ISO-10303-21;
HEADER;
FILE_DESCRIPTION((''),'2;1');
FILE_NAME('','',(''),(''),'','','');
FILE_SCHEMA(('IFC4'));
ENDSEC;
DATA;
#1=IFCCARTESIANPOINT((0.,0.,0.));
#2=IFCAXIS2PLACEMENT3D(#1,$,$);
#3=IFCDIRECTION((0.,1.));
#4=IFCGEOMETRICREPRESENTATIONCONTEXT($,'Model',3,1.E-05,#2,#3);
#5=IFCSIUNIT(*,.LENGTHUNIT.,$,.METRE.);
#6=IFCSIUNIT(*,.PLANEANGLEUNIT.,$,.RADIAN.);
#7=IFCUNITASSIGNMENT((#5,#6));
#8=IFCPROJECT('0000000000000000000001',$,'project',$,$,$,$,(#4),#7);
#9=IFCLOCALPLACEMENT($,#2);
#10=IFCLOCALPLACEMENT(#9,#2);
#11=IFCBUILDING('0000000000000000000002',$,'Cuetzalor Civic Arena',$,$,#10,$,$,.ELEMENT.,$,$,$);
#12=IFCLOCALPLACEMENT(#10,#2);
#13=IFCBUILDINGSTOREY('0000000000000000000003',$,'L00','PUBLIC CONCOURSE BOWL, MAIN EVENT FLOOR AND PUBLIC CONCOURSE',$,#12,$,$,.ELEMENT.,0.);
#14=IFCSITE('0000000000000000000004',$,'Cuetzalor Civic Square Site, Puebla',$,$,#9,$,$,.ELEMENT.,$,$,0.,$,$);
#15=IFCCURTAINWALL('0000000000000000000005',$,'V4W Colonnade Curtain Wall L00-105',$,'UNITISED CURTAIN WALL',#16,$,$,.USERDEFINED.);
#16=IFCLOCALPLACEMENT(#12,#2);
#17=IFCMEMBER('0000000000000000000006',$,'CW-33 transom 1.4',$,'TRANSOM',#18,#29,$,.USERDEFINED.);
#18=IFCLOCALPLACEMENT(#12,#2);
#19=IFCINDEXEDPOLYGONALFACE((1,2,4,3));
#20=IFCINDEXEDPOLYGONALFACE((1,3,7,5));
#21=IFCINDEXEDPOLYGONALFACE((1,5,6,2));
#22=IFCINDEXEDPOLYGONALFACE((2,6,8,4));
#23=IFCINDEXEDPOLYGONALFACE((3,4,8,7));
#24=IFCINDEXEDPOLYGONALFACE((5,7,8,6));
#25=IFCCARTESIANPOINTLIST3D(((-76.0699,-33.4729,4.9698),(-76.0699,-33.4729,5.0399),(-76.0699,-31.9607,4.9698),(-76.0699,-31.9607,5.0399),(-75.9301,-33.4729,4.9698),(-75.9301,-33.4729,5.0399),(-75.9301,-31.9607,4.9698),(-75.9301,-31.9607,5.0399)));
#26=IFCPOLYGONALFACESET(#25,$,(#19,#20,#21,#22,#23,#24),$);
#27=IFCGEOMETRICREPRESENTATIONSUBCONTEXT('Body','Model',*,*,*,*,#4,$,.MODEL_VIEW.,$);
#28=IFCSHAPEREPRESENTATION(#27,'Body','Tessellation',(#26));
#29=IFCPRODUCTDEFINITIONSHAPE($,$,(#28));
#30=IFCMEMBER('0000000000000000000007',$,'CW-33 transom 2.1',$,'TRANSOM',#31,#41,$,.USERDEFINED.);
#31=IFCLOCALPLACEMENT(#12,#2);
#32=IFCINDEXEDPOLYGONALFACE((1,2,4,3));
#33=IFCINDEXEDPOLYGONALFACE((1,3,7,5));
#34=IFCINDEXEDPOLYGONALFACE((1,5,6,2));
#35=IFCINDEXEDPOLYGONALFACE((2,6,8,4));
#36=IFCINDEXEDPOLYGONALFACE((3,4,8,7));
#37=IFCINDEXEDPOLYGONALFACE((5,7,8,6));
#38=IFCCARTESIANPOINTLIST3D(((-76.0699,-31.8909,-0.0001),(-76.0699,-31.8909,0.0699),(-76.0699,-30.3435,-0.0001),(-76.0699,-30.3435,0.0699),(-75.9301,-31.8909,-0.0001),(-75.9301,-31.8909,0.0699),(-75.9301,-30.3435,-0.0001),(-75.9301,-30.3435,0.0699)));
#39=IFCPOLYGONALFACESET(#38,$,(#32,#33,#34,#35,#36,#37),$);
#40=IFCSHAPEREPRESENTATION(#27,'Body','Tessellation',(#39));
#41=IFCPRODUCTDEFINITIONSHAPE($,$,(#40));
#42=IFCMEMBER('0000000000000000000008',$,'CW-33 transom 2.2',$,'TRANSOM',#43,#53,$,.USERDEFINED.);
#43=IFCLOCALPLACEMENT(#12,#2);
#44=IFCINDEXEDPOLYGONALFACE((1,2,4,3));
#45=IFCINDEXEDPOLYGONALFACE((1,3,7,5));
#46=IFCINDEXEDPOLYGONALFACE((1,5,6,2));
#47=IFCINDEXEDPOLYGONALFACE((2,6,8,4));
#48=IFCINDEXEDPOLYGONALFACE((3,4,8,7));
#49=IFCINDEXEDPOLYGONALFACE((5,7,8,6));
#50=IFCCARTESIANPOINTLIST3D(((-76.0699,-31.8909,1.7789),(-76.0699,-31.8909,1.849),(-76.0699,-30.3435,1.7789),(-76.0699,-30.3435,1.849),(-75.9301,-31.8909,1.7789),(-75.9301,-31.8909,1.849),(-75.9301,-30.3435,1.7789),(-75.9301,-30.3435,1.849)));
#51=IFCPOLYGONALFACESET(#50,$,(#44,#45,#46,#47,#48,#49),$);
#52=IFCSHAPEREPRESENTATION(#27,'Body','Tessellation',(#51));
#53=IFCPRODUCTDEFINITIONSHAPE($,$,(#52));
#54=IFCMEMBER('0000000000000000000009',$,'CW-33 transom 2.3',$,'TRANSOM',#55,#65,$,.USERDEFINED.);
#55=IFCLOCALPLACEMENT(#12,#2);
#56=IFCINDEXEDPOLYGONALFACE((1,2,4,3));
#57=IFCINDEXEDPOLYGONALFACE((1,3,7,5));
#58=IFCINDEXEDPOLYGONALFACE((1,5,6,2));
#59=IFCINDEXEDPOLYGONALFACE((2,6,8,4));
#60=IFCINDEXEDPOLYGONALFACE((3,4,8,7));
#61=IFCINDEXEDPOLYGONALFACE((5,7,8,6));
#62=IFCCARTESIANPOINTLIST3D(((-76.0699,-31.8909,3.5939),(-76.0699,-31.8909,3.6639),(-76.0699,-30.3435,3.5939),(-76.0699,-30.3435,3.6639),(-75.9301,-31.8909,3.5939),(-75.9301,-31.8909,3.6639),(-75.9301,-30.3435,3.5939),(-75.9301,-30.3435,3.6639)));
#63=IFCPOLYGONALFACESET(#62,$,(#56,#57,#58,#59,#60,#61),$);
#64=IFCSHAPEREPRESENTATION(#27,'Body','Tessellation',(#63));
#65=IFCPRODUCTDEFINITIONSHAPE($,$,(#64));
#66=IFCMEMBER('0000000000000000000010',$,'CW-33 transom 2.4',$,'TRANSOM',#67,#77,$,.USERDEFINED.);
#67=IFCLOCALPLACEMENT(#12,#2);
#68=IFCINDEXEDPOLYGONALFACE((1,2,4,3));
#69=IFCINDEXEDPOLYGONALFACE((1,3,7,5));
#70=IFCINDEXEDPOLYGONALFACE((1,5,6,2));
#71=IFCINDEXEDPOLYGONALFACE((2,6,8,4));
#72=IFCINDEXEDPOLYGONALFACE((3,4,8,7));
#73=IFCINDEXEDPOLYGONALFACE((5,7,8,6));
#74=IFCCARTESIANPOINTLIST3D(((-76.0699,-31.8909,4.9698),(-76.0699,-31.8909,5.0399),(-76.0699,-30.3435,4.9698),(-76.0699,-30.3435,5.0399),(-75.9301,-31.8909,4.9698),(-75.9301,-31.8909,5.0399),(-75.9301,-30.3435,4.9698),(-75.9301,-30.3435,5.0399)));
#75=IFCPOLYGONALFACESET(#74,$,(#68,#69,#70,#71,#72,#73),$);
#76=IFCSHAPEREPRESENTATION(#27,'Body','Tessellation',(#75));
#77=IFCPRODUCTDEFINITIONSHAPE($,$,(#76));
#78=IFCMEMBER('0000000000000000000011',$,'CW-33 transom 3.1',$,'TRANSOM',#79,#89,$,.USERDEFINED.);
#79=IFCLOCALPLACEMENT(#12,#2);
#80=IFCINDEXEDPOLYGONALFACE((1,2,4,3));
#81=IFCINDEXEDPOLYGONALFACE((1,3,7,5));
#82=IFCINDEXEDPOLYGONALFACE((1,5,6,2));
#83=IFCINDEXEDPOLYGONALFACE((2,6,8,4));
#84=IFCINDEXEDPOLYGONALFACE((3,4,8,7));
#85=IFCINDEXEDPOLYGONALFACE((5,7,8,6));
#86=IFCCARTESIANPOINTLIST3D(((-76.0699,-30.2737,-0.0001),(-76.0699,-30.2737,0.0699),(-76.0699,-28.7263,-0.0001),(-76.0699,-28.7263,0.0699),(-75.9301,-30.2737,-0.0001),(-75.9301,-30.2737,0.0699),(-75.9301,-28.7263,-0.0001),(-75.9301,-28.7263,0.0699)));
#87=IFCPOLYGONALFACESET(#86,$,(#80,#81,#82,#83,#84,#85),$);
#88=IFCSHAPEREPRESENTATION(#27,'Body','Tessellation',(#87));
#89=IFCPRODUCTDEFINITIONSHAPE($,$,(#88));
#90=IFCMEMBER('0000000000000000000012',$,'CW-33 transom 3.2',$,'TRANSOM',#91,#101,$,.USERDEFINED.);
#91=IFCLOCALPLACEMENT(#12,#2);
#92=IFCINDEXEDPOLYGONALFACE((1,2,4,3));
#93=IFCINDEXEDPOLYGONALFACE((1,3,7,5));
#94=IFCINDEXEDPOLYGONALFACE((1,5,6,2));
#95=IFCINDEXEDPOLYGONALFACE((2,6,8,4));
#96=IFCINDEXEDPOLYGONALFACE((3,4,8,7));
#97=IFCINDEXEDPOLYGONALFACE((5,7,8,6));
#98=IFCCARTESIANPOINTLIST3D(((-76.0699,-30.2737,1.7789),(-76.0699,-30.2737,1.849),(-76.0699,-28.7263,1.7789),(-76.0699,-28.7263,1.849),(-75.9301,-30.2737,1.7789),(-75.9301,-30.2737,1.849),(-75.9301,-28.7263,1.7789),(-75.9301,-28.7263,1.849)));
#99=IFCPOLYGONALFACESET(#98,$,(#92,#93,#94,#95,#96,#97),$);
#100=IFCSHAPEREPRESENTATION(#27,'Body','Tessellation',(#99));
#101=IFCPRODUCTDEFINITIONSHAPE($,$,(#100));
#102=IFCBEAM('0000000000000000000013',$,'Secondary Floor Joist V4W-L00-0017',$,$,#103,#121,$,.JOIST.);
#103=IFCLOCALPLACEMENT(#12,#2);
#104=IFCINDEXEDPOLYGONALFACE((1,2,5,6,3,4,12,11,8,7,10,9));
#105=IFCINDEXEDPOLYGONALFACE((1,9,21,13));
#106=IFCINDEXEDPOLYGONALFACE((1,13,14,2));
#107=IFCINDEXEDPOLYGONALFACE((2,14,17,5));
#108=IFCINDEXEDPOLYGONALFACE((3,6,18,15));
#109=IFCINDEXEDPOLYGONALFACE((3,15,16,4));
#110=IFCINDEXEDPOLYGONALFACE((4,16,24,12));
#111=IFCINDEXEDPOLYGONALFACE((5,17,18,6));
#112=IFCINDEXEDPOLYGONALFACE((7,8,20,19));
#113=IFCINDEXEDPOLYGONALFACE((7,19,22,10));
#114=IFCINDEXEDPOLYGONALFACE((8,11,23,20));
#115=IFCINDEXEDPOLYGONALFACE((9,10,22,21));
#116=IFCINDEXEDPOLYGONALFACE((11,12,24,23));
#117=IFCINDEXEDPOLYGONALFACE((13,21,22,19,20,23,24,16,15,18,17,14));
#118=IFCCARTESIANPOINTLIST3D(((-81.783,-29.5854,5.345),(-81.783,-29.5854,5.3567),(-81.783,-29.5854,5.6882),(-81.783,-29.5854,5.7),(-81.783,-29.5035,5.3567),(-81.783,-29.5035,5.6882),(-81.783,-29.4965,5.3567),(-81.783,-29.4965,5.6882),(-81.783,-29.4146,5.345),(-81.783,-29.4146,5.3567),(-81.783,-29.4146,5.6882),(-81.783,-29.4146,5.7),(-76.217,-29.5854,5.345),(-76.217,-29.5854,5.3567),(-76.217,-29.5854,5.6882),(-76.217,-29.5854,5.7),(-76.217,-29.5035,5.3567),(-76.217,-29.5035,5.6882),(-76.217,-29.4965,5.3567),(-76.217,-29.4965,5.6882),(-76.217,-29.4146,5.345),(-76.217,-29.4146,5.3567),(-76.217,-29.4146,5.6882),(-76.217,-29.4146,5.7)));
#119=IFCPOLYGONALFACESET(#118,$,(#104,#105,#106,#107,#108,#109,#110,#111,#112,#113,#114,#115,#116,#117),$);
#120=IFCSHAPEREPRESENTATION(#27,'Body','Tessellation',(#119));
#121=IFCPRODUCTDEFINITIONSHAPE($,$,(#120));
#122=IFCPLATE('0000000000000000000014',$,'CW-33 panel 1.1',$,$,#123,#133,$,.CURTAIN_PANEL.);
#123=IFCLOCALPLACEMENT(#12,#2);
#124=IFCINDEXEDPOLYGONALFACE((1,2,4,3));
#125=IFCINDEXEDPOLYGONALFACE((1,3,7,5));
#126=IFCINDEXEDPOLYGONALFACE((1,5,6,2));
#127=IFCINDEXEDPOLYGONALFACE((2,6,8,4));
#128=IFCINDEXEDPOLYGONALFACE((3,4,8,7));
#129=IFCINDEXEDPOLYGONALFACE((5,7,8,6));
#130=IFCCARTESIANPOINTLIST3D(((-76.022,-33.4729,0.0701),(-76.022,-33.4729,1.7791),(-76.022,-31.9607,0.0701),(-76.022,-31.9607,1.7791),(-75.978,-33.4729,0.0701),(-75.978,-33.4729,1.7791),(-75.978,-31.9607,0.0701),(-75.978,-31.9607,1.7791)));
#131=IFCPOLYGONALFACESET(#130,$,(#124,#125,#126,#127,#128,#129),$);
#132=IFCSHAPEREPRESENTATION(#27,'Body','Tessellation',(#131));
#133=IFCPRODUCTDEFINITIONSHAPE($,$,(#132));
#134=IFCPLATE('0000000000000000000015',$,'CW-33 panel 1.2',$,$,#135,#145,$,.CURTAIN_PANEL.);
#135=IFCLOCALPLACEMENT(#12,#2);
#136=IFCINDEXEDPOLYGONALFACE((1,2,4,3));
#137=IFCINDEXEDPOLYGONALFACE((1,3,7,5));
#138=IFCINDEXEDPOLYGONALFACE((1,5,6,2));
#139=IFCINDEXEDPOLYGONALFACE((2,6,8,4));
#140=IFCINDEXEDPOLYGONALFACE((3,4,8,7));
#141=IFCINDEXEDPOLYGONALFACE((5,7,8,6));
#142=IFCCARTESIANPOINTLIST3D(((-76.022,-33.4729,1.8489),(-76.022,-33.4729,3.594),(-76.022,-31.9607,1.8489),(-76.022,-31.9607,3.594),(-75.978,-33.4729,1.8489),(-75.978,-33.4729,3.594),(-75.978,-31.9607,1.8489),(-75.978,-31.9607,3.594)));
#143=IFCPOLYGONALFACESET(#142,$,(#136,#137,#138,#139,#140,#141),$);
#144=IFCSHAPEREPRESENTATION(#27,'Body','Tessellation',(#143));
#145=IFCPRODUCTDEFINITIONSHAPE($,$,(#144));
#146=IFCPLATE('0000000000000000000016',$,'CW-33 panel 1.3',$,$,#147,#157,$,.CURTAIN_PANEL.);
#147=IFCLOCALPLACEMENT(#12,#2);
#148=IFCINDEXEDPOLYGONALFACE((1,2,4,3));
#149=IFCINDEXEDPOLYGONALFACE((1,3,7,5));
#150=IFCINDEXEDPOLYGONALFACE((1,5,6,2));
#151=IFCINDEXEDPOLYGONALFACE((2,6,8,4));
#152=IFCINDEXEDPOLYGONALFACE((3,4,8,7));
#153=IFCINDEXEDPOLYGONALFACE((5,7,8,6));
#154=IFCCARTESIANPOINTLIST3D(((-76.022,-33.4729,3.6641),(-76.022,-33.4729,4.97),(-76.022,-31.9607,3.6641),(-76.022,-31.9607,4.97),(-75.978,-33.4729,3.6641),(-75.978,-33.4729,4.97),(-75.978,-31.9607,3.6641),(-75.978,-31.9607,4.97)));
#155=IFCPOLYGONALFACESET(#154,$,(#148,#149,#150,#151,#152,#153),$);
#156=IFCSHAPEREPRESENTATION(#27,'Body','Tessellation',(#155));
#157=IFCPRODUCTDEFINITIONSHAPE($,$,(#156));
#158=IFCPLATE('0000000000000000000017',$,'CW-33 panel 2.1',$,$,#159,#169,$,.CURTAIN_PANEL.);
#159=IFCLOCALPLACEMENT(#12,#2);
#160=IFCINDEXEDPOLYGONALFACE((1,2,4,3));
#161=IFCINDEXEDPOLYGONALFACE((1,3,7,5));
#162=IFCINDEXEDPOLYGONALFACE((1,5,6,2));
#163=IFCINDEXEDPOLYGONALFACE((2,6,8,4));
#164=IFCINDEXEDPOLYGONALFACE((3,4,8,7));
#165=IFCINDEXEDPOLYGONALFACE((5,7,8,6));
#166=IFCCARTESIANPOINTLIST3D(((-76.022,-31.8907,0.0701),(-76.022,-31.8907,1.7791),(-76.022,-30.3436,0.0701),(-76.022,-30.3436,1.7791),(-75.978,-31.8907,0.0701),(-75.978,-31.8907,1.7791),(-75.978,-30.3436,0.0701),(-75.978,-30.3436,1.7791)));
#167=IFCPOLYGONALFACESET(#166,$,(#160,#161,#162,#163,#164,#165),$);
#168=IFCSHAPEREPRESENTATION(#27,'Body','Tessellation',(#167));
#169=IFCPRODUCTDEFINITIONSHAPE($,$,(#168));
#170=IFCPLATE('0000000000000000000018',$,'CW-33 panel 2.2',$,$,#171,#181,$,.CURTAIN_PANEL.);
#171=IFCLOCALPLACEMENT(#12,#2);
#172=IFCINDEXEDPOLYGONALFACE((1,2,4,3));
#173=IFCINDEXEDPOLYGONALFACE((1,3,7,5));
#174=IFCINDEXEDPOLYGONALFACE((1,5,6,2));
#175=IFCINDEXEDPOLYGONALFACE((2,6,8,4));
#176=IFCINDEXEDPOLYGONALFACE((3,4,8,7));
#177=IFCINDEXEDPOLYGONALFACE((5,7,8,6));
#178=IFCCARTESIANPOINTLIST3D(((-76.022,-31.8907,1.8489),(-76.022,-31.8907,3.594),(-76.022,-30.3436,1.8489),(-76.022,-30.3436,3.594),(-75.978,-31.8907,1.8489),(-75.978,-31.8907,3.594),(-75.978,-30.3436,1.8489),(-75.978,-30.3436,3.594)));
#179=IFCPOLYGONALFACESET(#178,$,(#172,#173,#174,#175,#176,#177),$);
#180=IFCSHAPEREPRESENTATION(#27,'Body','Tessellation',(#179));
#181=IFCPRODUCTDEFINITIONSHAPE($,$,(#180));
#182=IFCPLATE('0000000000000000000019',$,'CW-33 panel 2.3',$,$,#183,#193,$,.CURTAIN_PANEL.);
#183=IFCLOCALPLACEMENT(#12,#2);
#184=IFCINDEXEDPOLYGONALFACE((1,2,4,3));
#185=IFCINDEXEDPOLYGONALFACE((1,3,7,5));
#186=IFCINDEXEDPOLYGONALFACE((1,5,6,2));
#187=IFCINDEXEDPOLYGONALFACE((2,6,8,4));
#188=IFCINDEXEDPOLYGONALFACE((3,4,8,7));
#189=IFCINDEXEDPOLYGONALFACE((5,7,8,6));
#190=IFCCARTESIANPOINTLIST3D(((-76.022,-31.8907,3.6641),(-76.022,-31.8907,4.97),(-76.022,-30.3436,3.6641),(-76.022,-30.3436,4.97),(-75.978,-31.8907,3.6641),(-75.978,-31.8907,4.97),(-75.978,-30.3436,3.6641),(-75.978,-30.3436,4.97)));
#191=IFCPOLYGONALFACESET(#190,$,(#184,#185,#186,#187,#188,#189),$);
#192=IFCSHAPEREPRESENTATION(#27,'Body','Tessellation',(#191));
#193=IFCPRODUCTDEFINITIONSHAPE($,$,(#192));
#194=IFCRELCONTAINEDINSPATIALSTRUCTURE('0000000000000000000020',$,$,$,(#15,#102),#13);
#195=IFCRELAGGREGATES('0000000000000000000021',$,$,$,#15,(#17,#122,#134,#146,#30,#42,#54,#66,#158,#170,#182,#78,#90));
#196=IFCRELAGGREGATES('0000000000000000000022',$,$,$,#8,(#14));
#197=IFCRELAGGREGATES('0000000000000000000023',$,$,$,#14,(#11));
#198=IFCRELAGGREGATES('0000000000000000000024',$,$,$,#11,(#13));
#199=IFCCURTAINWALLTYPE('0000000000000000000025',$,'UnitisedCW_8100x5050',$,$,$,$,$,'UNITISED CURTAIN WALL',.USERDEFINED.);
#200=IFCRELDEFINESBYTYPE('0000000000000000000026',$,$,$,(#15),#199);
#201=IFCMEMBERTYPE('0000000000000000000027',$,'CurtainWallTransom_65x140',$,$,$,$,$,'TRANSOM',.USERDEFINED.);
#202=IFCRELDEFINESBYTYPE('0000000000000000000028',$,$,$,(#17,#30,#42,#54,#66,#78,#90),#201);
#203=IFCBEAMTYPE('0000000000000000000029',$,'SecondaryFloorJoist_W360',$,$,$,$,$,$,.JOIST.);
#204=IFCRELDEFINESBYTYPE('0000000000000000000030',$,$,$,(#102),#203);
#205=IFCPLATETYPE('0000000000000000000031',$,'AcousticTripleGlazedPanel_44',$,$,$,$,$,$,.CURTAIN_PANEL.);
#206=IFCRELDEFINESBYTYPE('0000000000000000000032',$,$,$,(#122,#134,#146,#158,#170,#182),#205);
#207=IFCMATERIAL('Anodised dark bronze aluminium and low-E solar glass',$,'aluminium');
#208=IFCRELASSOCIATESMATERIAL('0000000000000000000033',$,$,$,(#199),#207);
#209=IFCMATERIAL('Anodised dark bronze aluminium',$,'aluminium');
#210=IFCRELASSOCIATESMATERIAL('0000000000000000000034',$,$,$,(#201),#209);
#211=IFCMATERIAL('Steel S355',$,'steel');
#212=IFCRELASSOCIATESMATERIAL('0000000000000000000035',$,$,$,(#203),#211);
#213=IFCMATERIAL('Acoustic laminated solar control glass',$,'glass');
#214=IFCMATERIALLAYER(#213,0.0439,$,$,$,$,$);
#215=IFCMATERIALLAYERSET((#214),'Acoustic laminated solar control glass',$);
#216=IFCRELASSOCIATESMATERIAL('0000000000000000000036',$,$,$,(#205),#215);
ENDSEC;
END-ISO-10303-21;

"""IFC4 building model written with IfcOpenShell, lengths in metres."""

from ifc_helpers import new_model, si_unit, direction, frame, origin, origin_2d, place, context, subcontext, project, spatial, rectangle, i_section, extrude, material, layer, layer_set, material_profile, profile_set, type_object, element, aggregate, save


model = new_model("IFC4")

# Units and contexts
model_context = context("Model", 3, precision=1e-05, world=origin(), true_north=direction((0.0, 1.0)))
body_context = subcontext(model_context, "Body", "Model", "MODEL_VIEW")
ifc_project = project(units=[si_unit("LENGTHUNIT", "METRE"), si_unit("PLANEANGLEUNIT", "RADIAN")], contexts=[model_context])

# Site, building, storey
site_placement = place(None, origin())
site = spatial("IfcSite", under=ifc_project, at=site_placement, Name="Cuetzalor Civic Square Site, Puebla", CompositionType="ELEMENT", RefElevation=0.0)
building_placement = place(site_placement, origin())
building = spatial("IfcBuilding", under=site, at=building_placement, Name="Cuetzalor Civic Arena", CompositionType="ELEMENT")
storey_placement = place(building_placement, origin())
storey = spatial("IfcBuildingStorey", under=building, at=storey_placement, Name="L00", Description="PUBLIC CONCOURSE BOWL, MAIN EVENT FLOOR AND PUBLIC CONCOURSE", CompositionType="ELEMENT", Elevation=0.0)

# Curtain wall, members
ifc_material_1 = material(Name="Anodised dark bronze aluminium and low-E solar glass", Category="aluminium")
curtain_wall_type_1 = type_object("IfcCurtainWallType", Name="UnitisedCW_8100x5050", ElementType="UNITISED CURTAIN WALL", PredefinedType="USERDEFINED", material=ifc_material_1)
curtain_wall_1_placement = place(storey_placement, origin())
curtain_wall_1 = element("IfcCurtainWall", 1, at=curtain_wall_1_placement, inside=storey, type_object=curtain_wall_type_1, Name="V4W Colonnade Curtain Wall L00-105", ObjectType="UNITISED CURTAIN WALL", PredefinedType="USERDEFINED")
ifc_material_2 = material(Name="Anodised dark bronze aluminium", Category="aluminium")
ifc_material_profile_1 = material_profile(ifc_material_2, rectangle(XDim=0.1399, YDim=0.0701, at=origin_2d()), Name="ALU TRANSOM 70x140")
ifc_profile_set_1 = profile_set([ifc_material_profile_1], Name="Anodised dark bronze aluminium")
member_type_1 = type_object("IfcMemberType", Name="CurtainWallTransom_65x140", ElementType="TRANSOM", PredefinedType="USERDEFINED", material=ifc_profile_set_1)
member_1_placement = place(storey_placement, frame((-76.0, -33.4729, 5.0049), z_axis=(0.0, 1.0, 0.0), x_axis=(-1.0, 0.0, 0.0)))
member_1 = element("IfcMember", 2, at=member_1_placement, type_object=member_type_1, Name="CW-33 transom 1.4", ObjectType="TRANSOM", PredefinedType="USERDEFINED", context=body_context, shape_type="SweptSolid", body=[
    extrude(rectangle(XDim=0.1399, YDim=0.0701, at=origin_2d()), origin(), (0.0, 0.0, 1.0), 1.5122),
])
member_2_placement = place(storey_placement, frame((-76.0, -31.8909, 0.0349), z_axis=(0.0, 1.0, 0.0), x_axis=(-1.0, 0.0, 0.0)))
member_2 = element("IfcMember", 3, at=member_2_placement, type_object=member_type_1, Name="CW-33 transom 2.1", ObjectType="TRANSOM", PredefinedType="USERDEFINED", context=body_context, shape_type="SweptSolid", body=[
    extrude(rectangle(XDim=0.1399, YDim=0.0701, at=origin_2d()), origin(), (0.0, 0.0, 1.0), 1.5474),
])
member_3_placement = place(storey_placement, frame((-76.0, -31.8909, 1.814), z_axis=(0.0, 1.0, 0.0), x_axis=(-1.0, 0.0, 0.0)))
member_3 = element("IfcMember", 4, at=member_3_placement, type_object=member_type_1, Name="CW-33 transom 2.2", ObjectType="TRANSOM", PredefinedType="USERDEFINED", context=body_context, shape_type="SweptSolid", body=[
    extrude(rectangle(XDim=0.1399, YDim=0.0701, at=origin_2d()), origin(), (0.0, 0.0, 1.0), 1.5474),
])
member_4_placement = place(storey_placement, frame((-76.0, -31.8909, 3.6289), z_axis=(0.0, 1.0, 0.0), x_axis=(-1.0, 0.0, 0.0)))
member_4 = element("IfcMember", 5, at=member_4_placement, type_object=member_type_1, Name="CW-33 transom 2.3", ObjectType="TRANSOM", PredefinedType="USERDEFINED", context=body_context, shape_type="SweptSolid", body=[
    extrude(rectangle(XDim=0.1399, YDim=0.0701, at=origin_2d()), origin(), (0.0, 0.0, 1.0), 1.5474),
])
member_5_placement = place(storey_placement, frame((-76.0, -31.8909, 5.0049), z_axis=(0.0, 1.0, 0.0), x_axis=(-1.0, 0.0, 0.0)))
member_5 = element("IfcMember", 6, at=member_5_placement, type_object=member_type_1, Name="CW-33 transom 2.4", ObjectType="TRANSOM", PredefinedType="USERDEFINED", context=body_context, shape_type="SweptSolid", body=[
    extrude(rectangle(XDim=0.1399, YDim=0.0701, at=origin_2d()), origin(), (0.0, 0.0, 1.0), 1.5474),
])
member_6_placement = place(storey_placement, frame((-76.0, -30.2737, 0.0349), z_axis=(0.0, 1.0, 0.0), x_axis=(-1.0, 0.0, 0.0)))
member_6 = element("IfcMember", 7, at=member_6_placement, type_object=member_type_1, Name="CW-33 transom 3.1", ObjectType="TRANSOM", PredefinedType="USERDEFINED", context=body_context, shape_type="SweptSolid", body=[
    extrude(rectangle(XDim=0.1399, YDim=0.0701, at=origin_2d()), origin(), (0.0, 0.0, 1.0), 1.5474),
])
member_7_placement = place(storey_placement, frame((-76.0, -30.2737, 1.814), z_axis=(0.0, 1.0, 0.0), x_axis=(-1.0, 0.0, 0.0)))
member_7 = element("IfcMember", 8, at=member_7_placement, type_object=member_type_1, Name="CW-33 transom 3.2", ObjectType="TRANSOM", PredefinedType="USERDEFINED", context=body_context, shape_type="SweptSolid", body=[
    extrude(rectangle(XDim=0.1399, YDim=0.0701, at=origin_2d()), origin(), (0.0, 0.0, 1.0), 1.5474),
])

# Beam
ifc_material_3 = material(Name="Steel S355", Category="steel")
ifc_material_profile_2 = material_profile(ifc_material_3, i_section(OverallWidth=0.1709, OverallDepth=0.355, WebThickness=0.0071, FlangeThickness=0.0117, at=origin_2d()), Name="W360x51")
ifc_profile_set_2 = profile_set([ifc_material_profile_2], Name="Steel S355")
beam_type_1 = type_object("IfcBeamType", Name="SecondaryFloorJoist_W360", PredefinedType="JOIST", material=ifc_profile_set_2)
beam_1_placement = place(storey_placement, frame((-81.783, -29.5, 5.5225), z_axis=(1.0, 0.0, 0.0), x_axis=(0.0, 1.0, 0.0)))
element("IfcBeam", 9, at=beam_1_placement, inside=storey, type_object=beam_type_1, Name="Secondary Floor Joist V4W-L00-0017", PredefinedType="JOIST", context=body_context, shape_type="SweptSolid", body=[
    extrude(i_section(OverallWidth=0.1709, OverallDepth=0.355, WebThickness=0.0071, FlangeThickness=0.0117, at=origin_2d()), origin(), (0.0, 0.0, 1.0), 5.5659),
])

# Plates
ifc_material_4 = material(Name="Acoustic laminated solar control glass", Category="glass")
ifc_layer = layer(ifc_material_4, 0.0439)
ifc_layer_set = layer_set([ifc_layer], Name="Acoustic laminated solar control glass")
plate_type = type_object("IfcPlateType", Name="AcousticTripleGlazedPanel_44", PredefinedType="CURTAIN_PANEL", material=ifc_layer_set)
plate_1_placement = place(storey_placement, frame((-76.0, -32.7168, 0.0701), z_axis=(0.0, 0.0, 1.0), x_axis=(0.0, 1.0, 0.0)))
plate_1 = element("IfcPlate", 10, at=plate_1_placement, type_object=plate_type, Name="CW-33 panel 1.1", PredefinedType="CURTAIN_PANEL", context=body_context, shape_type="SweptSolid", body=[
    extrude(rectangle(XDim=1.5122, YDim=0.0439, at=origin_2d()), origin(), (0.0, 0.0, 1.0), 1.709),
])
plate_2_placement = place(storey_placement, frame((-76.0, -32.7168, 1.8489), z_axis=(0.0, 0.0, 1.0), x_axis=(0.0, 1.0, 0.0)))
plate_2 = element("IfcPlate", 11, at=plate_2_placement, type_object=plate_type, Name="CW-33 panel 1.2", PredefinedType="CURTAIN_PANEL", context=body_context, shape_type="SweptSolid", body=[
    extrude(rectangle(XDim=1.5122, YDim=0.0439, at=origin_2d()), origin(), (0.0, 0.0, 1.0), 1.7451),
])
plate_3_placement = place(storey_placement, frame((-76.0, -32.7168, 3.6641), z_axis=(0.0, 0.0, 1.0), x_axis=(0.0, 1.0, 0.0)))
plate_3 = element("IfcPlate", 12, at=plate_3_placement, type_object=plate_type, Name="CW-33 panel 1.3", PredefinedType="CURTAIN_PANEL", context=body_context, shape_type="SweptSolid", body=[
    extrude(rectangle(XDim=1.5122, YDim=0.0439, at=origin_2d()), origin(), (0.0, 0.0, 1.0), 1.3059),
])
plate_4_placement = place(storey_placement, frame((-76.0, -31.1172, 0.0701), z_axis=(0.0, 0.0, 1.0), x_axis=(0.0, 1.0, 0.0)))
plate_4 = element("IfcPlate", 13, at=plate_4_placement, type_object=plate_type, Name="CW-33 panel 2.1", PredefinedType="CURTAIN_PANEL", context=body_context, shape_type="SweptSolid", body=[
    extrude(rectangle(XDim=1.5471, YDim=0.0439, at=origin_2d()), origin(), (0.0, 0.0, 1.0), 1.709),
])
plate_5_placement = place(storey_placement, frame((-76.0, -31.1172, 1.8489), z_axis=(0.0, 0.0, 1.0), x_axis=(0.0, 1.0, 0.0)))
plate_5 = element("IfcPlate", 14, at=plate_5_placement, type_object=plate_type, Name="CW-33 panel 2.2", PredefinedType="CURTAIN_PANEL", context=body_context, shape_type="SweptSolid", body=[
    extrude(rectangle(XDim=1.5471, YDim=0.0439, at=origin_2d()), origin(), (0.0, 0.0, 1.0), 1.7451),
])
plate_6_placement = place(storey_placement, frame((-76.0, -31.1172, 3.6641), z_axis=(0.0, 0.0, 1.0), x_axis=(0.0, 1.0, 0.0)))
plate_6 = element("IfcPlate", 15, at=plate_6_placement, type_object=plate_type, Name="CW-33 panel 2.3", PredefinedType="CURTAIN_PANEL", context=body_context, shape_type="SweptSolid", body=[
    extrude(rectangle(XDim=1.5471, YDim=0.0439, at=origin_2d()), origin(), (0.0, 0.0, 1.0), 1.3059),
])
aggregate(curtain_wall_1, [member_1, plate_1, plate_2, plate_3, member_2, member_3, member_4, member_5, plate_4, plate_5, plate_6, member_6, member_7])

save(model, "model.ifc")
